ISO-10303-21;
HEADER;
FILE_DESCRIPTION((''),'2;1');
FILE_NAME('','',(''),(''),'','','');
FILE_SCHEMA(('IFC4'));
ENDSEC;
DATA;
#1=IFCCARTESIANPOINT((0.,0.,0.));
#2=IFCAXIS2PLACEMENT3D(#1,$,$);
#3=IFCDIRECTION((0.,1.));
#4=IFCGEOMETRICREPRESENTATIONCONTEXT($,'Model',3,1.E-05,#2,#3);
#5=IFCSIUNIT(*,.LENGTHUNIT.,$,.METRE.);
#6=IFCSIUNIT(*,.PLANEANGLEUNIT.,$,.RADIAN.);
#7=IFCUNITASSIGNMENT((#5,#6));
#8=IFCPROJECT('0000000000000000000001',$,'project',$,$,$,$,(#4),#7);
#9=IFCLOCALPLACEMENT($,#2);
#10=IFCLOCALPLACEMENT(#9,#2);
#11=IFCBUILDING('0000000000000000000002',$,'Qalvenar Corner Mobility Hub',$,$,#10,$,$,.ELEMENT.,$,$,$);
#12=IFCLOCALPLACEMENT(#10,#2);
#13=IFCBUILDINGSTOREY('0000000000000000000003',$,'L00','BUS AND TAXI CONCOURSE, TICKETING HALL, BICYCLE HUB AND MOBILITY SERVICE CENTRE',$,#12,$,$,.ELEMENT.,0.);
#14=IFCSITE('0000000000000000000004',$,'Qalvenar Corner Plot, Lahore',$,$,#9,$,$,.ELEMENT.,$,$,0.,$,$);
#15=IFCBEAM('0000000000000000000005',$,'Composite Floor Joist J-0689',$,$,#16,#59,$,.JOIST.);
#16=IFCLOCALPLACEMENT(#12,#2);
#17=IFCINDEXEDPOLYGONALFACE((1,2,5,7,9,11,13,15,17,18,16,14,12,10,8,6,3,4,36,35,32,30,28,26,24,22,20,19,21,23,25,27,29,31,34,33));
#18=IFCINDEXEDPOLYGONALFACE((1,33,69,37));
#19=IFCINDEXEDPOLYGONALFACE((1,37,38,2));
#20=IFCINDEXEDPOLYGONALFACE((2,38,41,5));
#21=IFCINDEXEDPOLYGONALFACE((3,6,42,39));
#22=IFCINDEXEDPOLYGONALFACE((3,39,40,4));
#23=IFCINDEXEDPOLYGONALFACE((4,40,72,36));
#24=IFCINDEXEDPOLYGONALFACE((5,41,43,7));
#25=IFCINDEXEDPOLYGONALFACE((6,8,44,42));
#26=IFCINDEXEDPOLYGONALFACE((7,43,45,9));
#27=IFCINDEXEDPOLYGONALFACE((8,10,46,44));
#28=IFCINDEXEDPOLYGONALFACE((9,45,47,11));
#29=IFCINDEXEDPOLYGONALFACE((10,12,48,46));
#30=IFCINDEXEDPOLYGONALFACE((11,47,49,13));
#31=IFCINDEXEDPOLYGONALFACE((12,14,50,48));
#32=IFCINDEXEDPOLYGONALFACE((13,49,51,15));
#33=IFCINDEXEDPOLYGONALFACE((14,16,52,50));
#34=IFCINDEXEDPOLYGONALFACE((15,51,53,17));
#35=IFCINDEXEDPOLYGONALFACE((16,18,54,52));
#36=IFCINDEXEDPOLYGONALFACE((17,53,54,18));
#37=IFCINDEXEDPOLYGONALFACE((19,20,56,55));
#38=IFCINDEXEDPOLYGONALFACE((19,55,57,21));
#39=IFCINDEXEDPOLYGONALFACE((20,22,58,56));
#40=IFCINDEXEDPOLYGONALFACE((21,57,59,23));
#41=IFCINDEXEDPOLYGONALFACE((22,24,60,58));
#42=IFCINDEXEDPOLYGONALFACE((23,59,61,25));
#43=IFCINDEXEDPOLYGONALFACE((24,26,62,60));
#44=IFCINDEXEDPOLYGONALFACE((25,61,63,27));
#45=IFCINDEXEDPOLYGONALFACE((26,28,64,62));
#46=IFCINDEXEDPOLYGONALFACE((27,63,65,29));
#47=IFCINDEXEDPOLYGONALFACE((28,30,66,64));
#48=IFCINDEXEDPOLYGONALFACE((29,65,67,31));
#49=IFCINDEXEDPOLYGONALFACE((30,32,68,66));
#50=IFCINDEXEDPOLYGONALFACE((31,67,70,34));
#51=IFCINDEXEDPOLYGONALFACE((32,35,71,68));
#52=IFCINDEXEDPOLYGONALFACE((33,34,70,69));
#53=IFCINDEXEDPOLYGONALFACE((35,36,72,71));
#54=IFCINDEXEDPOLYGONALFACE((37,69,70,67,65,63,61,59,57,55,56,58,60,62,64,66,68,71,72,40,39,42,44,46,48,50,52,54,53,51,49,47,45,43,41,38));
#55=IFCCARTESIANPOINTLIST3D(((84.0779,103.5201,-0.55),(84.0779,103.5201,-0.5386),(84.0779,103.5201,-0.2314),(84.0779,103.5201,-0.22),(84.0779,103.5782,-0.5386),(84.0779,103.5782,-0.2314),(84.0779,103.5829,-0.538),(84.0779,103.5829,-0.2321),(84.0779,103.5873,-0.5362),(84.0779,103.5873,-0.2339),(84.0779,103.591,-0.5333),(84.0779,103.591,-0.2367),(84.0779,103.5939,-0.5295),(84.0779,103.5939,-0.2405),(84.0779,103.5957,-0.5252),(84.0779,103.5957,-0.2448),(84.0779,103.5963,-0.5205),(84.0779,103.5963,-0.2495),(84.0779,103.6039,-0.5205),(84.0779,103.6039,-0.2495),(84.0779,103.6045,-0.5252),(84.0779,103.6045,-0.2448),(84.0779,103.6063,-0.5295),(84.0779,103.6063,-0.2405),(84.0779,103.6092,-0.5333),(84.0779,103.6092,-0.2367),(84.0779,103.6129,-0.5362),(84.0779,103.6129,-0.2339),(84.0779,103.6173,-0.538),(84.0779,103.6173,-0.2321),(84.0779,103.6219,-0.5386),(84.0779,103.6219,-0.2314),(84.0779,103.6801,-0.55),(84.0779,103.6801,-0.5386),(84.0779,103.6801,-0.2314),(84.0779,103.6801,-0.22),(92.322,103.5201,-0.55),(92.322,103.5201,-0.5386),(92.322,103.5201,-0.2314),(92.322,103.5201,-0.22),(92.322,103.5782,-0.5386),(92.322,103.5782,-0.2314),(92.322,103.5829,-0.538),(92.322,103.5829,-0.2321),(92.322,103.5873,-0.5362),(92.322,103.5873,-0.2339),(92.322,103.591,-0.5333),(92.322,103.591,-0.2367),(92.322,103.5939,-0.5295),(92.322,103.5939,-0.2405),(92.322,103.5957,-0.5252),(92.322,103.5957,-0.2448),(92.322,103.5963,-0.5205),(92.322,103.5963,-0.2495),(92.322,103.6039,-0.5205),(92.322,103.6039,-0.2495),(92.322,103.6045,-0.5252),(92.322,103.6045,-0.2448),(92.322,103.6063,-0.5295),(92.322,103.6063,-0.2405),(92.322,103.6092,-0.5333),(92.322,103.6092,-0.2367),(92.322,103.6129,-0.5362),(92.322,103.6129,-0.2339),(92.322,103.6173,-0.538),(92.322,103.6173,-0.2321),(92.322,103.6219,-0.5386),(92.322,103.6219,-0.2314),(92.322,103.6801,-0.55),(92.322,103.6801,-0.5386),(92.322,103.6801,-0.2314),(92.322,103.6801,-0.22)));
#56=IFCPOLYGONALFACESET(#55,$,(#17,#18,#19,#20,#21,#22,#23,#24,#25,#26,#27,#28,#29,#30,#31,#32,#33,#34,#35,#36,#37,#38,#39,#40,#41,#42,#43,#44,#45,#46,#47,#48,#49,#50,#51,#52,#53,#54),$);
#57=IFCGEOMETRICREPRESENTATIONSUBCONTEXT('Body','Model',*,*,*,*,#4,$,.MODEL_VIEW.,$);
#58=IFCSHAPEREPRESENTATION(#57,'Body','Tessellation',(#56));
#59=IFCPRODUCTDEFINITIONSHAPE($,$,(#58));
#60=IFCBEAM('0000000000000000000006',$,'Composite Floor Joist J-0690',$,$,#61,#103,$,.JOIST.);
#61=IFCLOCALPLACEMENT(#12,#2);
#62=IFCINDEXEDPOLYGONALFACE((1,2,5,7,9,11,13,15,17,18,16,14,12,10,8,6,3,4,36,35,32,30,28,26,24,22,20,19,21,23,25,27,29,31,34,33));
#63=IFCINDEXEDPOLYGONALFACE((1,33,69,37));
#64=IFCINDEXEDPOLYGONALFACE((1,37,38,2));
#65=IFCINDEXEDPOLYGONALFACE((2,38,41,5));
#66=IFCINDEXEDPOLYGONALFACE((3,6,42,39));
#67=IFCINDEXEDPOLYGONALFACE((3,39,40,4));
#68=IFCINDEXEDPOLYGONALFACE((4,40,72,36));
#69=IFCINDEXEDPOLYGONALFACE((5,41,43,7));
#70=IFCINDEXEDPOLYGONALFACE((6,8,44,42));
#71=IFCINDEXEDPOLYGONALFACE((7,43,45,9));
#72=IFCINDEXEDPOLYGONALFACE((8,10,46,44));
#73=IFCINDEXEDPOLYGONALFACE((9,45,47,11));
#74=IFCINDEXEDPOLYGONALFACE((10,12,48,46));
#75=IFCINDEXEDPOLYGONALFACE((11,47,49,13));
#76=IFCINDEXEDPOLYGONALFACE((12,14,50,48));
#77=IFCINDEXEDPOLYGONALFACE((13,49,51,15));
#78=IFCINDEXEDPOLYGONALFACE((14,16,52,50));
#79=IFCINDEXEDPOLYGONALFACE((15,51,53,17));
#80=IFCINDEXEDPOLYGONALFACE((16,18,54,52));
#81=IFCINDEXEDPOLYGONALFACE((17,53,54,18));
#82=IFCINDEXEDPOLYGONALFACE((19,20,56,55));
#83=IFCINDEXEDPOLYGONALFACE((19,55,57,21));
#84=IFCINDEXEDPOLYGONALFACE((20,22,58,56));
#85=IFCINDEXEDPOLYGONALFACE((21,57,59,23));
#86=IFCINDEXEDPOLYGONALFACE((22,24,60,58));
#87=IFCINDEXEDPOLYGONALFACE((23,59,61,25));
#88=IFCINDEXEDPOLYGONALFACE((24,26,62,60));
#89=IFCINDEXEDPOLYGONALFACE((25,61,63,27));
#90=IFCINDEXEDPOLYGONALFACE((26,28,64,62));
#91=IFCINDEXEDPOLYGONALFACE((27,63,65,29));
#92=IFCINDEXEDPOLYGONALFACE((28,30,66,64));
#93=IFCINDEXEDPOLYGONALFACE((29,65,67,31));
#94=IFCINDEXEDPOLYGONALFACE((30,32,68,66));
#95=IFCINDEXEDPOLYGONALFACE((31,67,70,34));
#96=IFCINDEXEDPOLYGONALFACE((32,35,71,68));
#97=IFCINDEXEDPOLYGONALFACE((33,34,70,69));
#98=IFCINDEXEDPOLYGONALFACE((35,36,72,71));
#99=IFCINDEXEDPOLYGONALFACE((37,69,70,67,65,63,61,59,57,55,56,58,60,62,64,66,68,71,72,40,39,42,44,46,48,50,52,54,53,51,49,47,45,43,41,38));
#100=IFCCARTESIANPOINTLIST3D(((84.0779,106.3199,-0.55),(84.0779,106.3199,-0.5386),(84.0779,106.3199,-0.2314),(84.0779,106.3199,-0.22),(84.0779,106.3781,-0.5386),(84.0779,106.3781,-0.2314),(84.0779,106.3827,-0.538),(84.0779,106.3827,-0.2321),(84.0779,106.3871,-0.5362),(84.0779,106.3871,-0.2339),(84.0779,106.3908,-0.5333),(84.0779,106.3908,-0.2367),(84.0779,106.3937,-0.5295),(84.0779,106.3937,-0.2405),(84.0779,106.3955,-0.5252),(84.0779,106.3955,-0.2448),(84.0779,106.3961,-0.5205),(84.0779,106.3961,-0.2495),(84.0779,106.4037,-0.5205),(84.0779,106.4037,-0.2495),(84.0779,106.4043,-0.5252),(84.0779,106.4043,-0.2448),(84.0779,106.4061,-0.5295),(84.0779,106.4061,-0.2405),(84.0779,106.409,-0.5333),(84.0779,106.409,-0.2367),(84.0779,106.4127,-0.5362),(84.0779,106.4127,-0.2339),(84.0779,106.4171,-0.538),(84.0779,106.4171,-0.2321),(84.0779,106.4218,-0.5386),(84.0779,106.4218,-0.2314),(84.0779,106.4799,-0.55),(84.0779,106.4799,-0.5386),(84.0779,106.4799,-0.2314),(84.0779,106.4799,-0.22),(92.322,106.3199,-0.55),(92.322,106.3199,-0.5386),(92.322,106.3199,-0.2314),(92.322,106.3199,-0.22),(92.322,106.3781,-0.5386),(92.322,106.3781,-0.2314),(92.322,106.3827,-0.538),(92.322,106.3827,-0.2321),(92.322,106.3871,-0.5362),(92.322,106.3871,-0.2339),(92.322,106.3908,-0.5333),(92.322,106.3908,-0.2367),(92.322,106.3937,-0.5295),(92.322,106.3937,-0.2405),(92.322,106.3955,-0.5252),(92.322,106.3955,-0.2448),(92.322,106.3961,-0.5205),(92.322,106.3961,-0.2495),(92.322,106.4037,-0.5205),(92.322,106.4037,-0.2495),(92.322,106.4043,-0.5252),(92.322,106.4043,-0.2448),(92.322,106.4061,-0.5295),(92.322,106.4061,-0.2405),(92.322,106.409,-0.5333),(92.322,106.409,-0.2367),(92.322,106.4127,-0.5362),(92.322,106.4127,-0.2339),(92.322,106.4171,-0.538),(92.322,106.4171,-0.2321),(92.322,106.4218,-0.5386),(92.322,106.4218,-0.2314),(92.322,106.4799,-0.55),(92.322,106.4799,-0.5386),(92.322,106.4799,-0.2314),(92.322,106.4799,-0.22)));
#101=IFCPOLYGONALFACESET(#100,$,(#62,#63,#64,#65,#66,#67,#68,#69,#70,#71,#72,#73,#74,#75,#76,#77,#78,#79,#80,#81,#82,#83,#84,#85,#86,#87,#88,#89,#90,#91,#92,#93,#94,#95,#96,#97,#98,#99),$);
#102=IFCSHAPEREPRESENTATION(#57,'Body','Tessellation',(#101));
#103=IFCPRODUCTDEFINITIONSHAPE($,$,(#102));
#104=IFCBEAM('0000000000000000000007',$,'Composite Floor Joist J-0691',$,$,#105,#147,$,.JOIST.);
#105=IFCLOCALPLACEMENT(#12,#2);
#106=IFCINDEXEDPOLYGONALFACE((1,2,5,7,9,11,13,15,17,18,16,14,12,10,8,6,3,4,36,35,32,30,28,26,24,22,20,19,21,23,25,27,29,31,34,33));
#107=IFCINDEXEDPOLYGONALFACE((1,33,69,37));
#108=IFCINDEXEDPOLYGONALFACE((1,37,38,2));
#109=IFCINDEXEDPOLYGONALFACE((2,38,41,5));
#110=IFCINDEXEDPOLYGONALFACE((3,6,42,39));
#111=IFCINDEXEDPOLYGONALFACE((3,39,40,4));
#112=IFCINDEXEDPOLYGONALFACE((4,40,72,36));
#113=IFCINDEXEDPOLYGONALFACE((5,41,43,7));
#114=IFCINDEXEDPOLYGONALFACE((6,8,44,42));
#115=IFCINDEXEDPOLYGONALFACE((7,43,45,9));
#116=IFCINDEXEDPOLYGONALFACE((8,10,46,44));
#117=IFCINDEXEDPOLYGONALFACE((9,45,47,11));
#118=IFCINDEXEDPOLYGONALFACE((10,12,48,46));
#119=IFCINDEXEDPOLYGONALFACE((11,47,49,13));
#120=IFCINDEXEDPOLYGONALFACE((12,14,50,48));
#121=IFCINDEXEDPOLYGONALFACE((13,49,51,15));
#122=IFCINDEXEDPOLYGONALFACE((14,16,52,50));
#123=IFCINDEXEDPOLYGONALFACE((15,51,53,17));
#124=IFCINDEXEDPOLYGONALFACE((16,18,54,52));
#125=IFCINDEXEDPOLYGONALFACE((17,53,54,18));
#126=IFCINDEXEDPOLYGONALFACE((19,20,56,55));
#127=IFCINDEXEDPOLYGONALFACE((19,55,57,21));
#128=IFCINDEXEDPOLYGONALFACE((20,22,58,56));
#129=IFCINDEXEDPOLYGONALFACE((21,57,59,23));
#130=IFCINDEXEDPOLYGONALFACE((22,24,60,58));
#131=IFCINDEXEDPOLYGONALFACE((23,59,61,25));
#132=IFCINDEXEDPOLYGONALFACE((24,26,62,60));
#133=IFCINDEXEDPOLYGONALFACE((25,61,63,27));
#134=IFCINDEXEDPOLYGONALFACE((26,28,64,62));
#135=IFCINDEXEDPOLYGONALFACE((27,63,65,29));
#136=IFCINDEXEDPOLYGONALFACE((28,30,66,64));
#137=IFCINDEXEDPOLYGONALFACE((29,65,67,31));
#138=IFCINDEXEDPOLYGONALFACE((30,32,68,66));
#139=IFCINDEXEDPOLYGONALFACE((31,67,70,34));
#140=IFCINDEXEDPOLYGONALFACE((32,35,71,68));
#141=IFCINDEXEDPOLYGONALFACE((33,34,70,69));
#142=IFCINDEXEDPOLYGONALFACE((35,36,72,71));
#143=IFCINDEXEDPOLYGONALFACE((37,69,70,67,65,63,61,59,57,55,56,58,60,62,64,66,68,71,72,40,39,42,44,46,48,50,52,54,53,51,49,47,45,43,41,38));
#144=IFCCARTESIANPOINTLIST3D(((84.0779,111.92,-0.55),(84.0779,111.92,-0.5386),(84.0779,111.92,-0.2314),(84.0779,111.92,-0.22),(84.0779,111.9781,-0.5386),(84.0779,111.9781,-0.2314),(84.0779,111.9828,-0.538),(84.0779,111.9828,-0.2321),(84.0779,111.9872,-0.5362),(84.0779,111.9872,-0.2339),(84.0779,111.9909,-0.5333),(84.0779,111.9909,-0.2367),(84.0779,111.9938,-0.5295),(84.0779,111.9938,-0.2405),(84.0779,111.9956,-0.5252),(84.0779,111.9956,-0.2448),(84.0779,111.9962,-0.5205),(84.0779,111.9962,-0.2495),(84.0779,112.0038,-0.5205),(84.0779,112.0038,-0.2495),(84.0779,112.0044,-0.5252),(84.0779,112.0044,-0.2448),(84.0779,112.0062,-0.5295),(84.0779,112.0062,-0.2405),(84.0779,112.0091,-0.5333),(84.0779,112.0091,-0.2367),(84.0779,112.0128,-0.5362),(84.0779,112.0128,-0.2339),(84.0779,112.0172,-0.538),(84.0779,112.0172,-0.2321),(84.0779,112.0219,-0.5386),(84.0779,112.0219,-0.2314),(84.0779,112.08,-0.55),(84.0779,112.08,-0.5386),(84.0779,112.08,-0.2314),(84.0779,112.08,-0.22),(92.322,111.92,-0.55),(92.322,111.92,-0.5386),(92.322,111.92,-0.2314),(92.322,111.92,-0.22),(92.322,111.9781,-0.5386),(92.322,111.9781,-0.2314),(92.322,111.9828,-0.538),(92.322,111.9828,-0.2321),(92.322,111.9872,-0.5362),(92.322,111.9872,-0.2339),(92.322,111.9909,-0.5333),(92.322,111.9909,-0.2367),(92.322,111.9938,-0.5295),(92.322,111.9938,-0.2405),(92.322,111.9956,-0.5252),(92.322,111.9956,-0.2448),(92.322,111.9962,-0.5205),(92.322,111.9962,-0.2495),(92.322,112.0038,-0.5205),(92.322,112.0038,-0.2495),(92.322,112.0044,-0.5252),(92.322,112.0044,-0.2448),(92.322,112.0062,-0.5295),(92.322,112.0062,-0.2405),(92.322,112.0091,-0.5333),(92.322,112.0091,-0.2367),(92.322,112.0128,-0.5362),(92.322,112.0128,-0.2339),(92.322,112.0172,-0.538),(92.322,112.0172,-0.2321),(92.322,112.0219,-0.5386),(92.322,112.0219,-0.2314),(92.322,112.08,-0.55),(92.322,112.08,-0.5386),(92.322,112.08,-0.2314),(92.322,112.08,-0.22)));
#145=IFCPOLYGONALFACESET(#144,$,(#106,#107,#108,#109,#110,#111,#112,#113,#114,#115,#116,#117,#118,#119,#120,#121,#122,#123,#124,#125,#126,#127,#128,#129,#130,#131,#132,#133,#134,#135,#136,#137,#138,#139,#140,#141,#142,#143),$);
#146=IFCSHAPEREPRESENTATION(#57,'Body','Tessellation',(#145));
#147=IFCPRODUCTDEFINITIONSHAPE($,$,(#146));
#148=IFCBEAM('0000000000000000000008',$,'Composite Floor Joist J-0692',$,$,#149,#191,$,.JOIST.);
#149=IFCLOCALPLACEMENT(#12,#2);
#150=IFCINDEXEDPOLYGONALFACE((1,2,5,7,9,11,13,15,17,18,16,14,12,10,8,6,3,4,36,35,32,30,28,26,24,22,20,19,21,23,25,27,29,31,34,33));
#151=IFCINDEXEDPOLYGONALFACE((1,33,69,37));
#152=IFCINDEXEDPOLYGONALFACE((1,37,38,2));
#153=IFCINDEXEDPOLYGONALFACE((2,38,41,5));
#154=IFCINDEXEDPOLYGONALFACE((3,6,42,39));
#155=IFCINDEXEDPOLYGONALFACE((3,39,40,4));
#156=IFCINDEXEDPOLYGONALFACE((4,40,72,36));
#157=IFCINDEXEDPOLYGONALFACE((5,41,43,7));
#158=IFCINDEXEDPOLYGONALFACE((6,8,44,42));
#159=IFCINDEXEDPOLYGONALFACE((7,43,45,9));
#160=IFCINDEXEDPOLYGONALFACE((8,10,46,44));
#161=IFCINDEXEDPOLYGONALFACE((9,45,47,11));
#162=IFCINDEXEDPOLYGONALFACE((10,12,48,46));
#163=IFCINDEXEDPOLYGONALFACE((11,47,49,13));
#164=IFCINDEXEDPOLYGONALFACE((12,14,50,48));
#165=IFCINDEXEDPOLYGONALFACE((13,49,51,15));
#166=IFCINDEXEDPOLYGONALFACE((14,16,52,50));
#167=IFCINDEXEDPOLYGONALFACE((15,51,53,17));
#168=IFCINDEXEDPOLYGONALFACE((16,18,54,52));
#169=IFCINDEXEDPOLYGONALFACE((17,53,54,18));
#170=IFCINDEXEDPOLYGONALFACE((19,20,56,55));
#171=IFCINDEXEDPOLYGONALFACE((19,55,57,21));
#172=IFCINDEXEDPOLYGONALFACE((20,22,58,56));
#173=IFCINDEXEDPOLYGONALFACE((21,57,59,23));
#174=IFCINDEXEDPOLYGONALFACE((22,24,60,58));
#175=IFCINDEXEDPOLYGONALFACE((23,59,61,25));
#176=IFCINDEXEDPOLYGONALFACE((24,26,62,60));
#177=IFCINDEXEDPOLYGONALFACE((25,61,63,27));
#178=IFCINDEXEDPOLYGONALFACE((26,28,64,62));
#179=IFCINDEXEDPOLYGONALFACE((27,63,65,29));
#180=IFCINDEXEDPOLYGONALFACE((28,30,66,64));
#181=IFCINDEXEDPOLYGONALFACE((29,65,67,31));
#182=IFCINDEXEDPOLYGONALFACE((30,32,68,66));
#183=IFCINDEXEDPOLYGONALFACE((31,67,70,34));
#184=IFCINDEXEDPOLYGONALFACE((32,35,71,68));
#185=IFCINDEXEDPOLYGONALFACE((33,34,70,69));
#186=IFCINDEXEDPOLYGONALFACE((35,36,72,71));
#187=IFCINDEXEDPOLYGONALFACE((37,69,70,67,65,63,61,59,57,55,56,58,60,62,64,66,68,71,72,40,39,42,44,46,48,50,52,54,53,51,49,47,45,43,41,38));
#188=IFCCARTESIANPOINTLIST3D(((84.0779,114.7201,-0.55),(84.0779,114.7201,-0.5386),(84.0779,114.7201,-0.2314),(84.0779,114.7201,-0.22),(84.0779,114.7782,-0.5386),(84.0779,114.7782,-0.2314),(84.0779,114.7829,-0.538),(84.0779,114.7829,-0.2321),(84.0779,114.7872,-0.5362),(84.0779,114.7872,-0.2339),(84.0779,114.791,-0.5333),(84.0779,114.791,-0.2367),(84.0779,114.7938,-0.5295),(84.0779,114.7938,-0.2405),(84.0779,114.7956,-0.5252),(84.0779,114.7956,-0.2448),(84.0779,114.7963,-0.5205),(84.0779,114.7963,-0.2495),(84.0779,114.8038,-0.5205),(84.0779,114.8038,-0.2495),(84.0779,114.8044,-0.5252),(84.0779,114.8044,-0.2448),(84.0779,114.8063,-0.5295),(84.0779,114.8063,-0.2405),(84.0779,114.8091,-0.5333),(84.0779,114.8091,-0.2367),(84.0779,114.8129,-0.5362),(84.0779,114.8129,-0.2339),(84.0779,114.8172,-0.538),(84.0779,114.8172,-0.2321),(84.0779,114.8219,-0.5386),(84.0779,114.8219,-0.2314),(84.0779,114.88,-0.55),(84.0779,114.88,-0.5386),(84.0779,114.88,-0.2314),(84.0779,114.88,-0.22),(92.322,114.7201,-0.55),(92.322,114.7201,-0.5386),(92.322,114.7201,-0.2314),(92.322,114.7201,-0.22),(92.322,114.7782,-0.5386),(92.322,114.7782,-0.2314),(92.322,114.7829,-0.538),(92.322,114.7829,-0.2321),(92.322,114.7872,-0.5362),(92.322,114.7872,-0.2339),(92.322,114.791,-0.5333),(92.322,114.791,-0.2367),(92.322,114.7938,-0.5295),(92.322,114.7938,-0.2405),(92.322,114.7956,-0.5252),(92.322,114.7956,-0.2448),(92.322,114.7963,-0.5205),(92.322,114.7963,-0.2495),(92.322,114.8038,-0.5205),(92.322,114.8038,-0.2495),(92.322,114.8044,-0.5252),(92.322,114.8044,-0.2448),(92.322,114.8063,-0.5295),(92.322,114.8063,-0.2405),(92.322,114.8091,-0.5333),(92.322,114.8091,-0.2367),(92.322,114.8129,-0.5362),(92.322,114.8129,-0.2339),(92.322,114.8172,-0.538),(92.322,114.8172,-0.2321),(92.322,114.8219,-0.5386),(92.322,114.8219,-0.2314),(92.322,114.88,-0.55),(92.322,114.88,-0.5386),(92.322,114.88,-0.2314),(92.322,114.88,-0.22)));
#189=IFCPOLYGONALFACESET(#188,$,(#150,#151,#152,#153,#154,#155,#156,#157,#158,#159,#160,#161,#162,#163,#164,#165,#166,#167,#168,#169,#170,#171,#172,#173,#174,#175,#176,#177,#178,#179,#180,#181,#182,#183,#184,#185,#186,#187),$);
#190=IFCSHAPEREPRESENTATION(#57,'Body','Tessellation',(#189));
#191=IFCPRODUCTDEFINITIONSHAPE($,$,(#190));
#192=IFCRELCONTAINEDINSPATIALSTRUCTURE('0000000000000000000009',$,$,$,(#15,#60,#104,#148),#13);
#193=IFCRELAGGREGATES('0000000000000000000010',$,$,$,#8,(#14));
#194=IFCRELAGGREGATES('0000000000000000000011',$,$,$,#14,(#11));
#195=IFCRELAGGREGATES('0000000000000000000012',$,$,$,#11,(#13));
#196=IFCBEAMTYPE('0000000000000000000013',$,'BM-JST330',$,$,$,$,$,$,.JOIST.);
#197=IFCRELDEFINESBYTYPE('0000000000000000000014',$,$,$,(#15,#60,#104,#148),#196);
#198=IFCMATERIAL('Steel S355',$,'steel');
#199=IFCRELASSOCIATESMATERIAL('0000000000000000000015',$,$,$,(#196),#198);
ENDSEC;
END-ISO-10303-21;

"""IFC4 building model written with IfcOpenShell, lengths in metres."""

from ifc_helpers import new_model, si_unit, direction, frame, origin, origin_2d, place, context, subcontext, project, spatial, i_section, extrude, material, material_profile, profile_set, type_object, element, save


model = new_model("IFC4")

# Units and contexts
model_context = context("Model", 3, precision=1e-05, world=origin(), true_north=direction((0.0, 1.0)))
body_context = subcontext(model_context, "Body", "Model", "MODEL_VIEW")
ifc_project = project(units=[si_unit("LENGTHUNIT", "METRE"), si_unit("PLANEANGLEUNIT", "RADIAN")], contexts=[model_context])

# Site, building, storey
site_placement = place(None, origin())
site = spatial("IfcSite", under=ifc_project, at=site_placement, Name="Qalvenar Corner Plot, Lahore", CompositionType="ELEMENT", RefElevation=0.0)
building_placement = place(site_placement, origin())
building = spatial("IfcBuilding", under=site, at=building_placement, Name="Qalvenar Corner Mobility Hub", CompositionType="ELEMENT")
storey_placement = place(building_placement, origin())
storey = spatial("IfcBuildingStorey", under=building, at=storey_placement, Name="L00", Description="BUS AND TAXI CONCOURSE, TICKETING HALL, BICYCLE HUB AND MOBILITY SERVICE CENTRE", CompositionType="ELEMENT", Elevation=0.0)

# Shared definitions
ifc_material_1 = material(Name="Steel S355", Category="steel")

# Beams
ifc_material_profile_1 = material_profile(ifc_material_1, i_section(OverallWidth=0.1599, OverallDepth=0.3301, WebThickness=0.0076, FlangeThickness=0.0115, FilletRadius=0.0181, at=origin_2d()), Name="IPE330")
ifc_profile_set_1 = profile_set([ifc_material_profile_1], Name="Steel S355")
beam_type_1 = type_object("IfcBeamType", Name="BM-JST330", PredefinedType="JOIST", material=ifc_profile_set_1)
for number, where, z_axis, x_axis, name in (
    (1, (84.0779, 103.6001, -0.385), (1.0, 0.0, 0.0), (0.0, 1.0, 0.0), "Composite Floor Joist J-0689"),
    (2, (84.0779, 106.3999, -0.385), (1.0, 0.0, 0.0), (0.0, 1.0, 0.0), "Composite Floor Joist J-0690"),
    (3, (84.0779, 112.0, -0.385), (1.0, 0.0, 0.0), (0.0, 1.0, 0.0), "Composite Floor Joist J-0691"),
    (4, (84.0779, 114.8, -0.385), (1.0, 0.0, 0.0), (0.0, 1.0, 0.0), "Composite Floor Joist J-0692"),
):
    element("IfcBeam", number, at=place(storey_placement, frame(where, z_axis=z_axis, x_axis=x_axis)), inside=storey, type_object=beam_type_1, Name=name, PredefinedType="JOIST", context=body_context, shape_type="SweptSolid", body=[
        extrude(i_section(OverallWidth=0.1599, OverallDepth=0.3301, WebThickness=0.0076, FlangeThickness=0.0115, FilletRadius=0.0181, at=origin_2d()), origin(), (0.0, 0.0, 1.0), 8.2441),
    ])

save(model, "model.ifc")
